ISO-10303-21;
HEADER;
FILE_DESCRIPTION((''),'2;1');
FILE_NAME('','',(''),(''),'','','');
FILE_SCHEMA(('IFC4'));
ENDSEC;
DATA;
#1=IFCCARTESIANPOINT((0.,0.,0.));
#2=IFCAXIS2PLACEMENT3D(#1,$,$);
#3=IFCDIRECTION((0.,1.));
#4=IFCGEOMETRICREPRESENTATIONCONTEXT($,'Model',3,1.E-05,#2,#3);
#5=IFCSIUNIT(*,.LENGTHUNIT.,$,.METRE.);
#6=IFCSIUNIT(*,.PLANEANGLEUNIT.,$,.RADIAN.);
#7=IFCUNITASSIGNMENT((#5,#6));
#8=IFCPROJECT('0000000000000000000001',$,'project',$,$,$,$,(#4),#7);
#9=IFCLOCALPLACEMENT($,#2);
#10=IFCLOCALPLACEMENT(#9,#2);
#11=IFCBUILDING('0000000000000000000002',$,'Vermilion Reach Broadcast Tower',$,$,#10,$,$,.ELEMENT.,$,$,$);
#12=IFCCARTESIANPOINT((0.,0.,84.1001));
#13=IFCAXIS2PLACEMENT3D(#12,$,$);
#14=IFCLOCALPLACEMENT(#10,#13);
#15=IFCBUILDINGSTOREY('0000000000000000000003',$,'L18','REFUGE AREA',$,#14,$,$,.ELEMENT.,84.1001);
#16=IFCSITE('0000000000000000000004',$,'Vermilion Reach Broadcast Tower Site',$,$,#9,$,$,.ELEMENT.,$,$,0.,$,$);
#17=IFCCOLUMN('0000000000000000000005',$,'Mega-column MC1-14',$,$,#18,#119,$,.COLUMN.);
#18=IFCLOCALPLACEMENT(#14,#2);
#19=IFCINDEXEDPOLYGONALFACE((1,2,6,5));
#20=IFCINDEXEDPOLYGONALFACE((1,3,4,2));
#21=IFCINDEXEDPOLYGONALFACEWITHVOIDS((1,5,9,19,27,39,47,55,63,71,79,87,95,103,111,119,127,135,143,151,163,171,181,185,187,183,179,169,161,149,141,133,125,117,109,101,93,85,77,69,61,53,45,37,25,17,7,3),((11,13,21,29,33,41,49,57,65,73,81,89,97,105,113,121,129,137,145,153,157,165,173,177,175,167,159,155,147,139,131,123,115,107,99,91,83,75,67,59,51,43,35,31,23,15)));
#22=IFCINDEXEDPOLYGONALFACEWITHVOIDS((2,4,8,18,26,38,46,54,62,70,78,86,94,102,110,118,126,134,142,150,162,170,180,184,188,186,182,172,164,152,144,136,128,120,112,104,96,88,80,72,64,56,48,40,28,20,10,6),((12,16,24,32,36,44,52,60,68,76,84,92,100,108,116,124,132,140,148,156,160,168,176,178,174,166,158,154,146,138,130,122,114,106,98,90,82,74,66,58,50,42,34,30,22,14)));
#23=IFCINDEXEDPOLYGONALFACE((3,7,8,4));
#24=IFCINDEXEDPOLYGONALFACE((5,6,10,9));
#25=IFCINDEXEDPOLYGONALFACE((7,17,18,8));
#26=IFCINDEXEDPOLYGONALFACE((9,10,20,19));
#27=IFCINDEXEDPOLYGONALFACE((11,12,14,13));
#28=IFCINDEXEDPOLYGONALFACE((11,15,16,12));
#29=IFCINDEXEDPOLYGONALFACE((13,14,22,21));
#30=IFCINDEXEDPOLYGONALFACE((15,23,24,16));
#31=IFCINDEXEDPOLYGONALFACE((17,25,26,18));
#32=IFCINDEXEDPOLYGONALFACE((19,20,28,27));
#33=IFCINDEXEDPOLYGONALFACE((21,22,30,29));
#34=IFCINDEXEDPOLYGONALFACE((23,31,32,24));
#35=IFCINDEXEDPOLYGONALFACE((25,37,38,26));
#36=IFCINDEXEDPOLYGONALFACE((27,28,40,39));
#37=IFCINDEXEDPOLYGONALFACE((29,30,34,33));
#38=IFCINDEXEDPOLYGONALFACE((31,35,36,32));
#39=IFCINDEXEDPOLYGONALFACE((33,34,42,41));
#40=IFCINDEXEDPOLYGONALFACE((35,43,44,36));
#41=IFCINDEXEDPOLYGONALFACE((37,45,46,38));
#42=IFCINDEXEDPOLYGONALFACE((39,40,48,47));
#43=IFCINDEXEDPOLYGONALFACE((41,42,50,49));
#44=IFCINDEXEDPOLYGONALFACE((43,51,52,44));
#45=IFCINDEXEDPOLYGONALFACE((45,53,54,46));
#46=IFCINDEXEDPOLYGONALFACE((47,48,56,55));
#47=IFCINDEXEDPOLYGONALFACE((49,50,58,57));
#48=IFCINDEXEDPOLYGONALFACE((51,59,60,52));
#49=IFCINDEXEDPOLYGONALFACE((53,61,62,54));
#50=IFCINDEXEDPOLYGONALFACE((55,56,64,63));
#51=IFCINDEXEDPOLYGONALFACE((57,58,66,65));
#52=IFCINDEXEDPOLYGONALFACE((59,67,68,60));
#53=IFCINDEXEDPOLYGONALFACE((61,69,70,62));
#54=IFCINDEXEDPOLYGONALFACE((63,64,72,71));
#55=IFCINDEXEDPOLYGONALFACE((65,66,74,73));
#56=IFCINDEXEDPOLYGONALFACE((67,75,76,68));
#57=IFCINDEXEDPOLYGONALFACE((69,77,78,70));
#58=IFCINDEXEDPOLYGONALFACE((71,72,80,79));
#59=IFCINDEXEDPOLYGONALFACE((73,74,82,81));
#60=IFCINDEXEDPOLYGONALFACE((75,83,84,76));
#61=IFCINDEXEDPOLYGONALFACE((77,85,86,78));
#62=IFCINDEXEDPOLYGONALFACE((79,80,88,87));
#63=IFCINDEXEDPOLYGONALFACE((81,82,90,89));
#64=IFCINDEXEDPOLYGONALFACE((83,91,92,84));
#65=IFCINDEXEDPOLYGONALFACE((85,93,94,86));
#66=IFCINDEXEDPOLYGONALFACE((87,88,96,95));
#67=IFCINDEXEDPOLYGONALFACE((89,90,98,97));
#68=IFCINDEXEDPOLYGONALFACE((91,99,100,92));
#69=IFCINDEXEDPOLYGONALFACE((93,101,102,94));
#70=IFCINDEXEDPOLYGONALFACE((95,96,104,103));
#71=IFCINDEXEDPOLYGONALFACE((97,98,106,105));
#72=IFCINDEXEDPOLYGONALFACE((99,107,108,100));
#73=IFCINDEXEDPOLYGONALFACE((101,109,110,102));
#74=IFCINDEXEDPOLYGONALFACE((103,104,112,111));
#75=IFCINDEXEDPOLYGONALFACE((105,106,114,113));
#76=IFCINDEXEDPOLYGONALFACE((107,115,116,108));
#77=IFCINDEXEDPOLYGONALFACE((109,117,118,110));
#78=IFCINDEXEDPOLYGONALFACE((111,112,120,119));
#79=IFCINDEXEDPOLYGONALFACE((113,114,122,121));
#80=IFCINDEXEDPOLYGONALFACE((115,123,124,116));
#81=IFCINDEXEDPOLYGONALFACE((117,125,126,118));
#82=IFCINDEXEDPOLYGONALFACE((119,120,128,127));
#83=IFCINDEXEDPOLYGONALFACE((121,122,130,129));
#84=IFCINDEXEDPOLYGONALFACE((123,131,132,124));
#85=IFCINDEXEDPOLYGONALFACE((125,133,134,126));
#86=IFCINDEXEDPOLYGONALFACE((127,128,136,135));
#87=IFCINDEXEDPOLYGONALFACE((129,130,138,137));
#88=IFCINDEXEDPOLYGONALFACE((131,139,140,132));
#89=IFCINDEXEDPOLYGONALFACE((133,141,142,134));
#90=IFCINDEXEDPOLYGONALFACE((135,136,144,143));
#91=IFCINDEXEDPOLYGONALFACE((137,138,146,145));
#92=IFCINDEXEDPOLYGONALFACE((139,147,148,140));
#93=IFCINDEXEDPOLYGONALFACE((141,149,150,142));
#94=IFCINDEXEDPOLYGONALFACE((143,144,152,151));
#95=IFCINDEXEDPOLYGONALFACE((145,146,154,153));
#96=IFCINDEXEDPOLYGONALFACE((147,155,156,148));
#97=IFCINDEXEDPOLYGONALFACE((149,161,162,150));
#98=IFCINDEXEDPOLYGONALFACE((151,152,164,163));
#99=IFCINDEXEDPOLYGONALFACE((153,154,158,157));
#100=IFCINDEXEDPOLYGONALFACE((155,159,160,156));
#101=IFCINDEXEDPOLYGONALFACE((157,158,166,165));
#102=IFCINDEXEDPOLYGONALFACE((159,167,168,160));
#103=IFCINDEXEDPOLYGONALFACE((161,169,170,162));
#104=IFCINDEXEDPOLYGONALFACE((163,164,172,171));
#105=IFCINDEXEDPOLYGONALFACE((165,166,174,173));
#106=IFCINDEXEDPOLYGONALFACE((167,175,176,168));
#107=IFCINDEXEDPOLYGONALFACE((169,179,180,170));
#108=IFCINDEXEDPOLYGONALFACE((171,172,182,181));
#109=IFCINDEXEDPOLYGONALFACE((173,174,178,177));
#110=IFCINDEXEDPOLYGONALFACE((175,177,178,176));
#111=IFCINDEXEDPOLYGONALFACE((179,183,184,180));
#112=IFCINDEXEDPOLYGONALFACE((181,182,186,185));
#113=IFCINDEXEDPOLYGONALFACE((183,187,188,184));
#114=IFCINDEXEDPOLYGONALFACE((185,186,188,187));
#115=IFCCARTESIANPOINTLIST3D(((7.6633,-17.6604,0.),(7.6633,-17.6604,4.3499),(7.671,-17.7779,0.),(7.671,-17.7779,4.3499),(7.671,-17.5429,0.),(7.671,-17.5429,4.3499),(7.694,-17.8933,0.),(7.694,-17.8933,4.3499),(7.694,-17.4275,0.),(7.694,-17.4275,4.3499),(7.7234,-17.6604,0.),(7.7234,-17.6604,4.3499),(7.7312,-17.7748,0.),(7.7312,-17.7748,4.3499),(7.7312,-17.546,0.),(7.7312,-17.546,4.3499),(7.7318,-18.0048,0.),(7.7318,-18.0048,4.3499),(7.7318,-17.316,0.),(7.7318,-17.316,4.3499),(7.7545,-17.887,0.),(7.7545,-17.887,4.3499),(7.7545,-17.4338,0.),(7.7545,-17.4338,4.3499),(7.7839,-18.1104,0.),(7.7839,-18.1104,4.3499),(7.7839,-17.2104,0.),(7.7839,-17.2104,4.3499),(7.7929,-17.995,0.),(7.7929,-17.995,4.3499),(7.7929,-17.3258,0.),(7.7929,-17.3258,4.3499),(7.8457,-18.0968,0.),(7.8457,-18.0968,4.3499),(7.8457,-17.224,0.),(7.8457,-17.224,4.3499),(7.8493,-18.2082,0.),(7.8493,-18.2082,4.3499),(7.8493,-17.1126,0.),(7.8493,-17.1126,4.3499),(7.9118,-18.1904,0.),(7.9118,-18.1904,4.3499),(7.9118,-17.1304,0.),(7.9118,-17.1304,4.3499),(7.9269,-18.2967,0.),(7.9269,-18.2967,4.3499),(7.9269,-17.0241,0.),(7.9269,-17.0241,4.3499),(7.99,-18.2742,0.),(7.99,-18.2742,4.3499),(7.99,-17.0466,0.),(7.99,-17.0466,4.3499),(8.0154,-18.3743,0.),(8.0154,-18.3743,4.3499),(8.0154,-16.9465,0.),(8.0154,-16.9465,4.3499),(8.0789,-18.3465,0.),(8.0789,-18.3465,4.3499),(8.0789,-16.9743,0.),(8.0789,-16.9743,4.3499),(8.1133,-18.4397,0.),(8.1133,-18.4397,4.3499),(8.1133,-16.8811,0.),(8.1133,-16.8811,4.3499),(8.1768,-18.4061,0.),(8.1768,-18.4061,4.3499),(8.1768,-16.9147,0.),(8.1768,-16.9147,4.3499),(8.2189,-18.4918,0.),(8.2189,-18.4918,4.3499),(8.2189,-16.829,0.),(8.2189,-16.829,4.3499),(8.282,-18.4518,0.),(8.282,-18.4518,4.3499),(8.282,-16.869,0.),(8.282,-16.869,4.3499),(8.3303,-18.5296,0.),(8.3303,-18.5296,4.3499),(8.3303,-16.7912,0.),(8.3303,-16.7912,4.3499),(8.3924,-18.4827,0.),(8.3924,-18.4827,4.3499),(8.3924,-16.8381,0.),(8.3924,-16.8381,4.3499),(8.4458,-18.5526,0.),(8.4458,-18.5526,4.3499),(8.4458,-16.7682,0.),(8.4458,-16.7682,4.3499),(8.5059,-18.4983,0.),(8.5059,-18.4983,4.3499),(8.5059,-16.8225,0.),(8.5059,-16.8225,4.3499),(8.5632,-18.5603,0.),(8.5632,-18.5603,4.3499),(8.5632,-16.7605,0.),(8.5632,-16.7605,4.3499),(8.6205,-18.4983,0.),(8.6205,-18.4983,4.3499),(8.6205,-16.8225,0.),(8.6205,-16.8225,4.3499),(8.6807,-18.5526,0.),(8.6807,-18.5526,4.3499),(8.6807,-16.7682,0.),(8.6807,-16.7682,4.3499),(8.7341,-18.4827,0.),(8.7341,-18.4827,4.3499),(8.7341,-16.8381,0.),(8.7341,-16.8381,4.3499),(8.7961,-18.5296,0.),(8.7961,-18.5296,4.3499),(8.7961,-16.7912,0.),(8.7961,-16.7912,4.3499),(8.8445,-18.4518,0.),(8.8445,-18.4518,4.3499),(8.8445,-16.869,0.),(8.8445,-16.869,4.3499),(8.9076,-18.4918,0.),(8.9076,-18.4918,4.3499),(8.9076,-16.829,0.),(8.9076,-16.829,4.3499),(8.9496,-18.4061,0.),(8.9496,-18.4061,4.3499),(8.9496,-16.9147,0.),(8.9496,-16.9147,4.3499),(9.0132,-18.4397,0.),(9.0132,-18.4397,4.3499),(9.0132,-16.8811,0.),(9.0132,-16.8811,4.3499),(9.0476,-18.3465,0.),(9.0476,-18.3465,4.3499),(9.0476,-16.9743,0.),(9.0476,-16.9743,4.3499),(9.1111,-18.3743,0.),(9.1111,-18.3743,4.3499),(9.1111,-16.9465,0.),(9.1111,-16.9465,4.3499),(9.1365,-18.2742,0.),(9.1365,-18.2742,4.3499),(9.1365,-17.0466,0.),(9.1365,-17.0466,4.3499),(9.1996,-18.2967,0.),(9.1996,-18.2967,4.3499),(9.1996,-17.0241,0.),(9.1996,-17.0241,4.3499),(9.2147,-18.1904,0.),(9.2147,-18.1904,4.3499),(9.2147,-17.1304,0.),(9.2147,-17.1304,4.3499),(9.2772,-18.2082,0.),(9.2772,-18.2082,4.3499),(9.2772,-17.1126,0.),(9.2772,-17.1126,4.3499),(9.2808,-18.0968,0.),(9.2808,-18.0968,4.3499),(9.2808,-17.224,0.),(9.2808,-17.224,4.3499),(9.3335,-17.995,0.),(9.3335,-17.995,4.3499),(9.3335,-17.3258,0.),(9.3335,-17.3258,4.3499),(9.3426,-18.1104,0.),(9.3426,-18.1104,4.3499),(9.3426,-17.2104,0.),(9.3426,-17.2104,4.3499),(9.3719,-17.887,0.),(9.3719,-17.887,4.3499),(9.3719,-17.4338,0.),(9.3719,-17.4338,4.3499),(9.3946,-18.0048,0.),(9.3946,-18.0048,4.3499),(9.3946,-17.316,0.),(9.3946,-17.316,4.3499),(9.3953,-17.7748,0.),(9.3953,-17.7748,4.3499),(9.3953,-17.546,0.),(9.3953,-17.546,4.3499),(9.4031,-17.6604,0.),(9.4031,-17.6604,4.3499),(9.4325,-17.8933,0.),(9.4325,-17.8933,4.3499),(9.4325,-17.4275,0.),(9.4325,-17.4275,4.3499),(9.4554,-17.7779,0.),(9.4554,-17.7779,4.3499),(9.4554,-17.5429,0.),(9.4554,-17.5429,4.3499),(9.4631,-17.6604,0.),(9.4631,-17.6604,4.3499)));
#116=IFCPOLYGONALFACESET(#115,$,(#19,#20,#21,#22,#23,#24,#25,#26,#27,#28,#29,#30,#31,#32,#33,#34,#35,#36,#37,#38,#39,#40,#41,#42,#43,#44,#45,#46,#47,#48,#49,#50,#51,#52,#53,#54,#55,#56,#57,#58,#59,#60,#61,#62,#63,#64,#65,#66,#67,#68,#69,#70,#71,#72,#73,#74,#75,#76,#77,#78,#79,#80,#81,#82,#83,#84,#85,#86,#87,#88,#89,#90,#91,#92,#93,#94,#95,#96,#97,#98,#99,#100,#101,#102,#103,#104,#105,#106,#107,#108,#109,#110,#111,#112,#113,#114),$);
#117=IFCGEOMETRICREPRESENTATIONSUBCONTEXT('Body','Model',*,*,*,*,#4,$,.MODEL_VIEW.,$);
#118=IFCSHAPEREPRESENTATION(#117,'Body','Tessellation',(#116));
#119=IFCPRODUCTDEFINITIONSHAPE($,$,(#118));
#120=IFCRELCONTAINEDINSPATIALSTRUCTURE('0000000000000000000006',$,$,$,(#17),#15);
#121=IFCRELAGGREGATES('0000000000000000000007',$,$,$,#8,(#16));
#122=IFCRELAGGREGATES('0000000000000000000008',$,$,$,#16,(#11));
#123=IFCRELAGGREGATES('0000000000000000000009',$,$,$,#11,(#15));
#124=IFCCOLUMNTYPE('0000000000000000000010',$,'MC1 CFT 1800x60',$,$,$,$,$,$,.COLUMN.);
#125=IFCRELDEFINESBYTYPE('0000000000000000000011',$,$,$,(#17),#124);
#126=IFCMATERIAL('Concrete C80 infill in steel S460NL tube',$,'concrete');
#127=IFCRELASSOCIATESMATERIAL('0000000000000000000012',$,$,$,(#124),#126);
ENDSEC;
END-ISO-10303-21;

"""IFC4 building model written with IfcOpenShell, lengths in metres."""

from ifc_helpers import new_model, si_unit, direction, frame, origin, origin_2d, place, context, subcontext, project, spatial, hollow_circle, extrude, material, material_profile, profile_set, type_object, element, save


model = new_model("IFC4")

# Units and contexts
model_context = context("Model", 3, precision=1e-05, world=origin(), true_north=direction((0.0, 1.0)))
body_context = subcontext(model_context, "Body", "Model", "MODEL_VIEW")
ifc_project = project(units=[si_unit("LENGTHUNIT", "METRE"), si_unit("PLANEANGLEUNIT", "RADIAN")], contexts=[model_context])

# Site, building, storey
site_placement = place(None, origin())
site = spatial("IfcSite", under=ifc_project, at=site_placement, Name="Vermilion Reach Broadcast Tower Site", CompositionType="ELEMENT", RefElevation=0.0)
building_placement = place(site_placement, origin())
building = spatial("IfcBuilding", under=site, at=building_placement, Name="Vermilion Reach Broadcast Tower", CompositionType="ELEMENT")
storey_placement = place(building_placement, frame((0.0, 0.0, 84.1001)))
storey = spatial("IfcBuildingStorey", under=building, at=storey_placement, Name="L18", Description="REFUGE AREA", CompositionType="ELEMENT", Elevation=84.1001)

# Column
ifc_material_1 = material(Name="Concrete C80 infill in steel S460NL tube", Category="concrete")
ifc_material_profile_1 = material_profile(ifc_material_1, hollow_circle(Radius=0.8999, WallThickness=0.0601, at=origin_2d()), Name="Concrete C80 infill in steel S460NL tube CFT 1800x60")
ifc_profile_set_1 = profile_set([ifc_material_profile_1], Name="Concrete C80 infill in steel S460NL tube")
column_type = type_object("IfcColumnType", Name="MC1 CFT 1800x60", PredefinedType="COLUMN", material=ifc_profile_set_1)
for number, where, z_axis, x_axis, name in (
    (1, (8.5632, -17.6604, 0.0), (0.0, 0.0, 1.0), (1.0, 0.0, 0.0), "Mega-column MC1-14"),
):
    element("IfcColumn", number, at=place(storey_placement, frame(where, z_axis=z_axis, x_axis=x_axis)), inside=storey, type_object=column_type, Name=name, PredefinedType="COLUMN", context=body_context, shape_type="SweptSolid", body=[
        extrude(hollow_circle(Radius=0.8999, WallThickness=0.0601, at=origin_2d()), origin(), (0.0, 0.0, 1.0), 4.3499),
    ])

save(model, "model.ifc")
